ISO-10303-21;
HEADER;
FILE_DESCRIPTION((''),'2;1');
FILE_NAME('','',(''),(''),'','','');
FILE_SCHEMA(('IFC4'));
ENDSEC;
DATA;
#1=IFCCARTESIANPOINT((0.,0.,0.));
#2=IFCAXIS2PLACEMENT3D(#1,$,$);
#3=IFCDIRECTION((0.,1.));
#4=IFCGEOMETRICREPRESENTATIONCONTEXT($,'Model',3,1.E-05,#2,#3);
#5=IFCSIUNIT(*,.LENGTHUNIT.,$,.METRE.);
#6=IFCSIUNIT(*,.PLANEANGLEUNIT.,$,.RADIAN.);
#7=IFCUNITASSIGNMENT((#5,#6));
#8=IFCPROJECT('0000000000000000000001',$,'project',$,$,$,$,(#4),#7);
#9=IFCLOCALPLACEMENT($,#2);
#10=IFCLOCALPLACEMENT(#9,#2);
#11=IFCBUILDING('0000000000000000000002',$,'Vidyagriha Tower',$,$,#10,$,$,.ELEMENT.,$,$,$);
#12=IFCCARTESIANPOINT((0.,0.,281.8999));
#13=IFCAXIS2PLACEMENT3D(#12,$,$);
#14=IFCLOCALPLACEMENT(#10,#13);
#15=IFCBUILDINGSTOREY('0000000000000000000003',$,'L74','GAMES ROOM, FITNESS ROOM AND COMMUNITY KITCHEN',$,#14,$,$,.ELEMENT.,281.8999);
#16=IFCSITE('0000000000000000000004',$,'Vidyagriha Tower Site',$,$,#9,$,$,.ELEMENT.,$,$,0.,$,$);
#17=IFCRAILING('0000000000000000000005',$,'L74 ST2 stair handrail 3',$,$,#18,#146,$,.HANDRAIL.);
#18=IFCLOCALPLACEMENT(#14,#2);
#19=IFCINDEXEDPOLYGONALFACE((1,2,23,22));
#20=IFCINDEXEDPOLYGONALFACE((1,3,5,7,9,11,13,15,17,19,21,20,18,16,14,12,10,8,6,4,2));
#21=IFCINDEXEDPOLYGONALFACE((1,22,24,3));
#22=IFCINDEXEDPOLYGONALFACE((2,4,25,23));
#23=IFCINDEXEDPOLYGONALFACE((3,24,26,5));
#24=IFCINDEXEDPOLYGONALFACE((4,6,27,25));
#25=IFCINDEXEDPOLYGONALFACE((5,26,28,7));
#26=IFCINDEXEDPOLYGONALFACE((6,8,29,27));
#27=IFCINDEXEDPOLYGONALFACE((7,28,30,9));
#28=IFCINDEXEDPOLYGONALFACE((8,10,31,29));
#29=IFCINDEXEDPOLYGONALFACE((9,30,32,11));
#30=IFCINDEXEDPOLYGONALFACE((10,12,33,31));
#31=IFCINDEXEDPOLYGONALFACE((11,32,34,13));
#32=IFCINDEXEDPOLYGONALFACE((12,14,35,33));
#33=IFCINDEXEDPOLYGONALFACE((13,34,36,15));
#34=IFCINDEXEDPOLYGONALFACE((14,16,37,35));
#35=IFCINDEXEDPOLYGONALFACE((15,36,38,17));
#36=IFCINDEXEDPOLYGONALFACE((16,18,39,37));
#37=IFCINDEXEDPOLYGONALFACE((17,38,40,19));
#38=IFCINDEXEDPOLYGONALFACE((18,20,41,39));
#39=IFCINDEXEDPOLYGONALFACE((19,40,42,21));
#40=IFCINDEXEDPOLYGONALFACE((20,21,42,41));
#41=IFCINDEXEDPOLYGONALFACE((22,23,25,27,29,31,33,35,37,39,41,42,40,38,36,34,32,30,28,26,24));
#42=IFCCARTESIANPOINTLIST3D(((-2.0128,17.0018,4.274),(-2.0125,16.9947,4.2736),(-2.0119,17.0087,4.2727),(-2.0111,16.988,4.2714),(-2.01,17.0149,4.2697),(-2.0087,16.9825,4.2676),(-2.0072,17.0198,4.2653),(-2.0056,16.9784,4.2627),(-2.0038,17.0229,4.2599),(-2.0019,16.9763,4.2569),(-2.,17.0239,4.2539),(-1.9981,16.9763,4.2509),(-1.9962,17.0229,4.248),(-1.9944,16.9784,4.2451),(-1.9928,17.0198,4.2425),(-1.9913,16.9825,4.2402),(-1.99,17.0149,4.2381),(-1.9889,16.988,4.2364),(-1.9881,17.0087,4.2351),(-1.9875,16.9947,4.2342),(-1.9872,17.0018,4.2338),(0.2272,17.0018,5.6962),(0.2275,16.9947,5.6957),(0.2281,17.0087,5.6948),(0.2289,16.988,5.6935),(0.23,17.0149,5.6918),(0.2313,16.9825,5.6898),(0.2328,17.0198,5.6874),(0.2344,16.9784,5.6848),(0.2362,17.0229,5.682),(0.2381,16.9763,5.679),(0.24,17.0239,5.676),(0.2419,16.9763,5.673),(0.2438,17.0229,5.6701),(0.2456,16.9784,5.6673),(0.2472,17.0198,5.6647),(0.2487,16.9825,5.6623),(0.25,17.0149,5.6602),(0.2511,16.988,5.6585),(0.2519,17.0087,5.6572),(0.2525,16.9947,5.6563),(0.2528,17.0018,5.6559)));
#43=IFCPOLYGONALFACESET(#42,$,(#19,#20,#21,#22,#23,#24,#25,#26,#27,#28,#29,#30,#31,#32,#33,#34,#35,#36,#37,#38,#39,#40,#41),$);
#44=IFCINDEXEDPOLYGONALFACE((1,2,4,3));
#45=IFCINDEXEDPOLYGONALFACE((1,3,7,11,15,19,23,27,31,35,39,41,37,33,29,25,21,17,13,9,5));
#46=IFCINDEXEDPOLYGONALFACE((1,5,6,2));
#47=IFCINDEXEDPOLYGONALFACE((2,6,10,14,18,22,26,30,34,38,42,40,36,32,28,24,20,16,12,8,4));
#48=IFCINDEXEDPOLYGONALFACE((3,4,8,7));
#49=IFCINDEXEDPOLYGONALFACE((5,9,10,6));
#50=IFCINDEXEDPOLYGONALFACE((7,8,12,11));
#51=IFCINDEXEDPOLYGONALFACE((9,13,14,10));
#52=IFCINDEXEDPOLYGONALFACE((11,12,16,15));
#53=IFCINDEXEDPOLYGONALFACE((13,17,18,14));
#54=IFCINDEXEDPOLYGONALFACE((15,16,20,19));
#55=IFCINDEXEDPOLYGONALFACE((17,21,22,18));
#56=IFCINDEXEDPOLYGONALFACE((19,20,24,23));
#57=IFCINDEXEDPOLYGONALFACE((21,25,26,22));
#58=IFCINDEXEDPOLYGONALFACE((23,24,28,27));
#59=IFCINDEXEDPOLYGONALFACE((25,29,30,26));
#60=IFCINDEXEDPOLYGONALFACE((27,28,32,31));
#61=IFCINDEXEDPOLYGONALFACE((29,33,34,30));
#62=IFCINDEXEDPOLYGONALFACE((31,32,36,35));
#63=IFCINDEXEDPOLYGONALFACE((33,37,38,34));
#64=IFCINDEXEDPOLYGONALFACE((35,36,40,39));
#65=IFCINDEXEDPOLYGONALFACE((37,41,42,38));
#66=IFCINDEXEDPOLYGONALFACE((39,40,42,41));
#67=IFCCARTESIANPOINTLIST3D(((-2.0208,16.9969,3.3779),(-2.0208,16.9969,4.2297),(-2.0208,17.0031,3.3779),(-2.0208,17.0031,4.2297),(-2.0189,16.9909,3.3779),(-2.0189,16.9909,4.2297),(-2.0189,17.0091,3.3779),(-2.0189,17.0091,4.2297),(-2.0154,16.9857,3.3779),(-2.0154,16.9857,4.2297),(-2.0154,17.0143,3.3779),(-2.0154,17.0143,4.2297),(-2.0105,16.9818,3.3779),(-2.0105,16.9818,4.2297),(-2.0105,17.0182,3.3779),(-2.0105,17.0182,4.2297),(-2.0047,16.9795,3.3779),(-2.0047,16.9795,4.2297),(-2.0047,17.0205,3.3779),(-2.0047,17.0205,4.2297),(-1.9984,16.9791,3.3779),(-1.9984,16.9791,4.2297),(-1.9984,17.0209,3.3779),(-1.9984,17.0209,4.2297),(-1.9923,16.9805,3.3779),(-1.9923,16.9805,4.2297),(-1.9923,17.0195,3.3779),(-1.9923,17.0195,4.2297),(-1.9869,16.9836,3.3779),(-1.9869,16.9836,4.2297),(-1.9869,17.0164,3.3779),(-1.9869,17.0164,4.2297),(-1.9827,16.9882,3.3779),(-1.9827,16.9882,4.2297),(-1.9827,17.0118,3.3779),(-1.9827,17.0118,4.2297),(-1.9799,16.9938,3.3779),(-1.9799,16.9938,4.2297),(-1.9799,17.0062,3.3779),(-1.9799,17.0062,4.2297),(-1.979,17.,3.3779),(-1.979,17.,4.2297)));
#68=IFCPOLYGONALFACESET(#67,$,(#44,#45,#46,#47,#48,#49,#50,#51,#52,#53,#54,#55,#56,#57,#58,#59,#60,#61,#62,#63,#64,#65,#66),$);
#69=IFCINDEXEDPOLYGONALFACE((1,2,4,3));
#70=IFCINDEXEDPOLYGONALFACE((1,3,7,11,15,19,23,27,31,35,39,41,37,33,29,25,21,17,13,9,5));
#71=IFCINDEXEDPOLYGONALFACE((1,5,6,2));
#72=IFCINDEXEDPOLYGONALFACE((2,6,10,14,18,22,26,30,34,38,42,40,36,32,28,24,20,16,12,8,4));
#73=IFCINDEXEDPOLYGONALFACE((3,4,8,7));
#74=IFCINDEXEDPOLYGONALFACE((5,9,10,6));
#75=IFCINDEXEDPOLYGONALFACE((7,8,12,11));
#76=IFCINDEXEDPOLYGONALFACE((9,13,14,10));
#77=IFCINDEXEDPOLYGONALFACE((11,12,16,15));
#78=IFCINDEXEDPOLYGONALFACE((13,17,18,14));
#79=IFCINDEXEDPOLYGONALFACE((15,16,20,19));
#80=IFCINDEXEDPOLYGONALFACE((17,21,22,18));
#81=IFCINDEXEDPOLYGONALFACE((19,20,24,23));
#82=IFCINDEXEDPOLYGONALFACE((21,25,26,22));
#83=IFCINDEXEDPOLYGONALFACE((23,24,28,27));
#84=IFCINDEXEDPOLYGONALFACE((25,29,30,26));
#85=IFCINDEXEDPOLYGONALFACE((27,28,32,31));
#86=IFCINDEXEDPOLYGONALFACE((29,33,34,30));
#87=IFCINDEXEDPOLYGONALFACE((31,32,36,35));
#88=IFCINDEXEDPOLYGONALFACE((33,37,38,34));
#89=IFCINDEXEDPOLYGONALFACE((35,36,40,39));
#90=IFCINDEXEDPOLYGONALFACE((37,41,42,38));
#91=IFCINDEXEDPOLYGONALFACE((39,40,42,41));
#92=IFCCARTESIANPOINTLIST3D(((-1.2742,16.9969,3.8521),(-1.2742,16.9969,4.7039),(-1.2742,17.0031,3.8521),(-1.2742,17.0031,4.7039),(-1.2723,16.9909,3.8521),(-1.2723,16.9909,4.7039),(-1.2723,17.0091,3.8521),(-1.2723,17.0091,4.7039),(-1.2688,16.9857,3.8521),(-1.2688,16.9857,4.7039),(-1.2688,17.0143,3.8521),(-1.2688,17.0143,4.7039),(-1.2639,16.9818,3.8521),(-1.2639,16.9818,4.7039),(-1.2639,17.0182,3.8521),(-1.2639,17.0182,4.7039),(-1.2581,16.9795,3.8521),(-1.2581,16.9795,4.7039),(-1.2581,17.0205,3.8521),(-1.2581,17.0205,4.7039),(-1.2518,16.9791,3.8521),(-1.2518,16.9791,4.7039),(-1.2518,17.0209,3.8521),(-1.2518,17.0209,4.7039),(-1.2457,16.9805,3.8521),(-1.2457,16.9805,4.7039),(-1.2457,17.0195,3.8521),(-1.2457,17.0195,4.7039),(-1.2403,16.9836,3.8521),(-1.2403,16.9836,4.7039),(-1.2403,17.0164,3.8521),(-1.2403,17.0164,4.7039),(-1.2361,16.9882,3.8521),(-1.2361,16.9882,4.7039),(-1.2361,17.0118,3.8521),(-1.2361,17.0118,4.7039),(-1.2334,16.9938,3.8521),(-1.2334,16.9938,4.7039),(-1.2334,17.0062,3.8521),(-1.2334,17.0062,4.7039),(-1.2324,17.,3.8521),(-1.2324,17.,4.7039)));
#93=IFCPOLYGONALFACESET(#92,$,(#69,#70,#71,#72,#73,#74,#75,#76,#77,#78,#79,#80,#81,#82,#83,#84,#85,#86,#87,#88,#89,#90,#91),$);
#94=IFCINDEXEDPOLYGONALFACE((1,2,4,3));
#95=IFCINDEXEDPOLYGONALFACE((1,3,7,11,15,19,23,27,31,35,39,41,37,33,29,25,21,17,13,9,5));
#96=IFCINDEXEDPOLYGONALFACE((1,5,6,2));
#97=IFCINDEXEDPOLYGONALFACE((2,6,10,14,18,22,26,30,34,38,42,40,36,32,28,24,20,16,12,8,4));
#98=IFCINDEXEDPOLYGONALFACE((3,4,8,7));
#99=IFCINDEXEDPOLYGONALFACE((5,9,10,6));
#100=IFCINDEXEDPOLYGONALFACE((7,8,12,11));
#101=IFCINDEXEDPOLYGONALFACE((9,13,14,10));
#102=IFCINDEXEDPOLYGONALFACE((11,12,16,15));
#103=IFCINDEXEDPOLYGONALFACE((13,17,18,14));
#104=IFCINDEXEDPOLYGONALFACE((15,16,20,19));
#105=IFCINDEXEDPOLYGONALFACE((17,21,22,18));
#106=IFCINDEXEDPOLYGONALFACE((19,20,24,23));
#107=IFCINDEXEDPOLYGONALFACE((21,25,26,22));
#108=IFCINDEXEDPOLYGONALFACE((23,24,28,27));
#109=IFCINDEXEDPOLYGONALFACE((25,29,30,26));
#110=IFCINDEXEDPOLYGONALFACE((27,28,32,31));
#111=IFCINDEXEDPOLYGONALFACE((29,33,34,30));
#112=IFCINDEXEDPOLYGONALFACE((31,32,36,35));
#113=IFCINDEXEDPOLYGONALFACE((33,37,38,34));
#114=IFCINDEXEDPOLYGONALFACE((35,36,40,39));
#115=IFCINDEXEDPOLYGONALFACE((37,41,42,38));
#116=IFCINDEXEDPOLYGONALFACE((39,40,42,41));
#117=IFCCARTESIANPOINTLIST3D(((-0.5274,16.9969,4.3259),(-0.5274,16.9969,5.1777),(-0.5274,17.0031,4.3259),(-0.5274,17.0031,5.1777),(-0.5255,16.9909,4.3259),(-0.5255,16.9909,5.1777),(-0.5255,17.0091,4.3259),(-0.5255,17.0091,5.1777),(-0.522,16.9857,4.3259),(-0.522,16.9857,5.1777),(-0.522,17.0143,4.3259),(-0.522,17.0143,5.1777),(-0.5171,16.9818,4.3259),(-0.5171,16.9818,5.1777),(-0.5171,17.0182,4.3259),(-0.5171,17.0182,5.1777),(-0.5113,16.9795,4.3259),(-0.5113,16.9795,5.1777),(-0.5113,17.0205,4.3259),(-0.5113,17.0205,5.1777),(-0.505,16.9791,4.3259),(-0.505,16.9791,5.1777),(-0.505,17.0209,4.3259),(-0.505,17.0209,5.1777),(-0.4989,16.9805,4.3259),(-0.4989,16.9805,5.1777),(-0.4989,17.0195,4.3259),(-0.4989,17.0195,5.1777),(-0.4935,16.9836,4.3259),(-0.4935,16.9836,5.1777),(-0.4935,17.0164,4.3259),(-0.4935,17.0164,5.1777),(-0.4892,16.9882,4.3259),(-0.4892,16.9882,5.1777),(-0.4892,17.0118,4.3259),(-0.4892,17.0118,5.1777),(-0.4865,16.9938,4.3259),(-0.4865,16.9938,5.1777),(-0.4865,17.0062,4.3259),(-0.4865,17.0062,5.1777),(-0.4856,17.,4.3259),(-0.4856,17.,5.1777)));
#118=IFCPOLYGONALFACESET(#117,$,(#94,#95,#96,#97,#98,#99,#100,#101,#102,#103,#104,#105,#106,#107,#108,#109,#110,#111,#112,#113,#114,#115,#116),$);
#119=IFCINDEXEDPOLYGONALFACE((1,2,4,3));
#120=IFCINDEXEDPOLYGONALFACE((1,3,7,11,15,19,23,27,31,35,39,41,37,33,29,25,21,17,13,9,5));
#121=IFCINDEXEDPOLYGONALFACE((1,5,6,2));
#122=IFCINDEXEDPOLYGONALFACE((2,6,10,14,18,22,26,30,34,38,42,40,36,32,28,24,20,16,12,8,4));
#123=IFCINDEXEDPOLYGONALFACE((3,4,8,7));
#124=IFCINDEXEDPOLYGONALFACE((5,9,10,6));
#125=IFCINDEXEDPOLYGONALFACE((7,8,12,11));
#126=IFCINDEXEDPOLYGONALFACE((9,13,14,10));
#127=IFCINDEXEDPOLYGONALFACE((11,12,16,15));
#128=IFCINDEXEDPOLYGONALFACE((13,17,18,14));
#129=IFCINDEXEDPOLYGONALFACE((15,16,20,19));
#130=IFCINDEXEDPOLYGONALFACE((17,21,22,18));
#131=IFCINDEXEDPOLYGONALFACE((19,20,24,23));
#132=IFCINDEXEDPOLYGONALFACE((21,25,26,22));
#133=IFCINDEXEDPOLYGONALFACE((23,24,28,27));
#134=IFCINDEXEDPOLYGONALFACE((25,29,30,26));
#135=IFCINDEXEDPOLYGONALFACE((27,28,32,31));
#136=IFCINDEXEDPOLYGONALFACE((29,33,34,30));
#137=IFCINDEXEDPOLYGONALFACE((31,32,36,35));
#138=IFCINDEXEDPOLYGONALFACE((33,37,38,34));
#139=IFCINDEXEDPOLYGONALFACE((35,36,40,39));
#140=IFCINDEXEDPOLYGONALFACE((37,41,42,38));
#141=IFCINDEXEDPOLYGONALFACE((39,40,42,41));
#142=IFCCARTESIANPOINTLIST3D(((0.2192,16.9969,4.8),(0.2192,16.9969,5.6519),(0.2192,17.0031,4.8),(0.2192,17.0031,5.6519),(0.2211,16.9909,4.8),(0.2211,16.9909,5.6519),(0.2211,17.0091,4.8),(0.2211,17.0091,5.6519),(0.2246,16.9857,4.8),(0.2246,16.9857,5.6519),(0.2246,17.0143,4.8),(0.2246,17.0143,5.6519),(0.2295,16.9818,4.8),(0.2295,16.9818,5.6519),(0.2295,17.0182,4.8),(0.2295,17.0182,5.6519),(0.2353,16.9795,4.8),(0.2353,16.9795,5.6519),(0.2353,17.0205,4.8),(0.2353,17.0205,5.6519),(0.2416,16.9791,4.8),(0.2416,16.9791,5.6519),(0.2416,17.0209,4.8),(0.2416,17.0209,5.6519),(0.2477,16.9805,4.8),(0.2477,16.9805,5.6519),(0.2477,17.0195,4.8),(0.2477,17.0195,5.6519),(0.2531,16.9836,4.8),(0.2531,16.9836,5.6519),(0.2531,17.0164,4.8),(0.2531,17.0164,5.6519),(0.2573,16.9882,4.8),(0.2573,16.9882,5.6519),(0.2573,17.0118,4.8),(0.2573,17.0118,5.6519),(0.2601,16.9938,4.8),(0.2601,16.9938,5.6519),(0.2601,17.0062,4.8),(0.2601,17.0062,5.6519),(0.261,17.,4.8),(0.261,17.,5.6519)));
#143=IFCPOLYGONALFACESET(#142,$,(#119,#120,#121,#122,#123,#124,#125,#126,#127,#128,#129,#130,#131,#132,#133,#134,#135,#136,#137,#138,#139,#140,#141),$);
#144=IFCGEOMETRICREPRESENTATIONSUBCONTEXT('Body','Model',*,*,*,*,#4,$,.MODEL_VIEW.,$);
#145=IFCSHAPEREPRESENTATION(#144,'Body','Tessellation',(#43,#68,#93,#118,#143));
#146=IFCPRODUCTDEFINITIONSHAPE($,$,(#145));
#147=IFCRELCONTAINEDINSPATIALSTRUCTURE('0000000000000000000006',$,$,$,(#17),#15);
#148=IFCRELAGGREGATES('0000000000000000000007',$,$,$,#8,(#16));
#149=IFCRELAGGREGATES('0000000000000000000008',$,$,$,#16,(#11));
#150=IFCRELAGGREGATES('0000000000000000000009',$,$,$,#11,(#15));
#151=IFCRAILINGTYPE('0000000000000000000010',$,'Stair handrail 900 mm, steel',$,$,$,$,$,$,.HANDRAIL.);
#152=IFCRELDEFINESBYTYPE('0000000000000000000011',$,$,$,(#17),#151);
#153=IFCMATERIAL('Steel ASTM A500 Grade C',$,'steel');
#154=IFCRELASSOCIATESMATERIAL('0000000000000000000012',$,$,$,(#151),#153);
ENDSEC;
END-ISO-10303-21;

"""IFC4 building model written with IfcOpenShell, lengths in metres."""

from ifc_helpers import new_model, si_unit, direction, frame, origin, origin_2d, place, context, subcontext, project, spatial, circle, extrude, material, type_object, element, save


model = new_model("IFC4")

# Units and contexts
model_context = context("Model", 3, precision=1e-05, world=origin(), true_north=direction((0.0, 1.0)))
body_context = subcontext(model_context, "Body", "Model", "MODEL_VIEW")
ifc_project = project(units=[si_unit("LENGTHUNIT", "METRE"), si_unit("PLANEANGLEUNIT", "RADIAN")], contexts=[model_context])

# Site, building, storey
site_placement = place(None, origin())
site = spatial("IfcSite", under=ifc_project, at=site_placement, Name="Vidyagriha Tower Site", CompositionType="ELEMENT", RefElevation=0.0)
building_placement = place(site_placement, origin())
building = spatial("IfcBuilding", under=site, at=building_placement, Name="Vidyagriha Tower", CompositionType="ELEMENT")
storey_placement = place(building_placement, frame((0.0, 0.0, 281.8999)))
storey = spatial("IfcBuildingStorey", under=building, at=storey_placement, Name="L74", Description="GAMES ROOM, FITNESS ROOM AND COMMUNITY KITCHEN", CompositionType="ELEMENT", Elevation=281.8999)

# Railing
ifc_material_1 = material(Name="Steel ASTM A500 Grade C", Category="steel")
railing_type_1 = type_object("IfcRailingType", Name="Stair handrail 900 mm, steel", PredefinedType="HANDRAIL", material=ifc_material_1)
for number, where, name in (
    (1, (-2.0, 17.0, 3.3779), "L74 ST2 stair handrail 3"),
):
    element("IfcRailing", number, at=place(storey_placement, frame(where)), inside=storey, type_object=railing_type_1, Name=name, PredefinedType="HANDRAIL", context=body_context, shape_type="SweptSolid", body=[
        extrude(circle(Radius=0.0239, at=origin_2d()), frame((0.0, 0.0, 0.876), z_axis=(0.844229, 0.0, 0.535982), x_axis=(0.0, 1.0, 0.0)), (0.0, 0.0, 1.0), 2.6533),
        extrude(circle(Radius=0.021, at=origin_2d()), origin(), (0.0, 0.0, 1.0), 0.8518),
        extrude(circle(Radius=0.021, at=origin_2d()), frame((0.7466, 0.0, 0.4741)), (0.0, 0.0, 1.0), 0.8518),
        extrude(circle(Radius=0.021, at=origin_2d()), frame((1.4934, 0.0, 0.948)), (0.0, 0.0, 1.0), 0.8518),
        extrude(circle(Radius=0.021, at=origin_2d()), frame((2.24, 0.0, 1.4221)), (0.0, 0.0, 1.0), 0.8518),
    ])

save(model, "model.ifc")
